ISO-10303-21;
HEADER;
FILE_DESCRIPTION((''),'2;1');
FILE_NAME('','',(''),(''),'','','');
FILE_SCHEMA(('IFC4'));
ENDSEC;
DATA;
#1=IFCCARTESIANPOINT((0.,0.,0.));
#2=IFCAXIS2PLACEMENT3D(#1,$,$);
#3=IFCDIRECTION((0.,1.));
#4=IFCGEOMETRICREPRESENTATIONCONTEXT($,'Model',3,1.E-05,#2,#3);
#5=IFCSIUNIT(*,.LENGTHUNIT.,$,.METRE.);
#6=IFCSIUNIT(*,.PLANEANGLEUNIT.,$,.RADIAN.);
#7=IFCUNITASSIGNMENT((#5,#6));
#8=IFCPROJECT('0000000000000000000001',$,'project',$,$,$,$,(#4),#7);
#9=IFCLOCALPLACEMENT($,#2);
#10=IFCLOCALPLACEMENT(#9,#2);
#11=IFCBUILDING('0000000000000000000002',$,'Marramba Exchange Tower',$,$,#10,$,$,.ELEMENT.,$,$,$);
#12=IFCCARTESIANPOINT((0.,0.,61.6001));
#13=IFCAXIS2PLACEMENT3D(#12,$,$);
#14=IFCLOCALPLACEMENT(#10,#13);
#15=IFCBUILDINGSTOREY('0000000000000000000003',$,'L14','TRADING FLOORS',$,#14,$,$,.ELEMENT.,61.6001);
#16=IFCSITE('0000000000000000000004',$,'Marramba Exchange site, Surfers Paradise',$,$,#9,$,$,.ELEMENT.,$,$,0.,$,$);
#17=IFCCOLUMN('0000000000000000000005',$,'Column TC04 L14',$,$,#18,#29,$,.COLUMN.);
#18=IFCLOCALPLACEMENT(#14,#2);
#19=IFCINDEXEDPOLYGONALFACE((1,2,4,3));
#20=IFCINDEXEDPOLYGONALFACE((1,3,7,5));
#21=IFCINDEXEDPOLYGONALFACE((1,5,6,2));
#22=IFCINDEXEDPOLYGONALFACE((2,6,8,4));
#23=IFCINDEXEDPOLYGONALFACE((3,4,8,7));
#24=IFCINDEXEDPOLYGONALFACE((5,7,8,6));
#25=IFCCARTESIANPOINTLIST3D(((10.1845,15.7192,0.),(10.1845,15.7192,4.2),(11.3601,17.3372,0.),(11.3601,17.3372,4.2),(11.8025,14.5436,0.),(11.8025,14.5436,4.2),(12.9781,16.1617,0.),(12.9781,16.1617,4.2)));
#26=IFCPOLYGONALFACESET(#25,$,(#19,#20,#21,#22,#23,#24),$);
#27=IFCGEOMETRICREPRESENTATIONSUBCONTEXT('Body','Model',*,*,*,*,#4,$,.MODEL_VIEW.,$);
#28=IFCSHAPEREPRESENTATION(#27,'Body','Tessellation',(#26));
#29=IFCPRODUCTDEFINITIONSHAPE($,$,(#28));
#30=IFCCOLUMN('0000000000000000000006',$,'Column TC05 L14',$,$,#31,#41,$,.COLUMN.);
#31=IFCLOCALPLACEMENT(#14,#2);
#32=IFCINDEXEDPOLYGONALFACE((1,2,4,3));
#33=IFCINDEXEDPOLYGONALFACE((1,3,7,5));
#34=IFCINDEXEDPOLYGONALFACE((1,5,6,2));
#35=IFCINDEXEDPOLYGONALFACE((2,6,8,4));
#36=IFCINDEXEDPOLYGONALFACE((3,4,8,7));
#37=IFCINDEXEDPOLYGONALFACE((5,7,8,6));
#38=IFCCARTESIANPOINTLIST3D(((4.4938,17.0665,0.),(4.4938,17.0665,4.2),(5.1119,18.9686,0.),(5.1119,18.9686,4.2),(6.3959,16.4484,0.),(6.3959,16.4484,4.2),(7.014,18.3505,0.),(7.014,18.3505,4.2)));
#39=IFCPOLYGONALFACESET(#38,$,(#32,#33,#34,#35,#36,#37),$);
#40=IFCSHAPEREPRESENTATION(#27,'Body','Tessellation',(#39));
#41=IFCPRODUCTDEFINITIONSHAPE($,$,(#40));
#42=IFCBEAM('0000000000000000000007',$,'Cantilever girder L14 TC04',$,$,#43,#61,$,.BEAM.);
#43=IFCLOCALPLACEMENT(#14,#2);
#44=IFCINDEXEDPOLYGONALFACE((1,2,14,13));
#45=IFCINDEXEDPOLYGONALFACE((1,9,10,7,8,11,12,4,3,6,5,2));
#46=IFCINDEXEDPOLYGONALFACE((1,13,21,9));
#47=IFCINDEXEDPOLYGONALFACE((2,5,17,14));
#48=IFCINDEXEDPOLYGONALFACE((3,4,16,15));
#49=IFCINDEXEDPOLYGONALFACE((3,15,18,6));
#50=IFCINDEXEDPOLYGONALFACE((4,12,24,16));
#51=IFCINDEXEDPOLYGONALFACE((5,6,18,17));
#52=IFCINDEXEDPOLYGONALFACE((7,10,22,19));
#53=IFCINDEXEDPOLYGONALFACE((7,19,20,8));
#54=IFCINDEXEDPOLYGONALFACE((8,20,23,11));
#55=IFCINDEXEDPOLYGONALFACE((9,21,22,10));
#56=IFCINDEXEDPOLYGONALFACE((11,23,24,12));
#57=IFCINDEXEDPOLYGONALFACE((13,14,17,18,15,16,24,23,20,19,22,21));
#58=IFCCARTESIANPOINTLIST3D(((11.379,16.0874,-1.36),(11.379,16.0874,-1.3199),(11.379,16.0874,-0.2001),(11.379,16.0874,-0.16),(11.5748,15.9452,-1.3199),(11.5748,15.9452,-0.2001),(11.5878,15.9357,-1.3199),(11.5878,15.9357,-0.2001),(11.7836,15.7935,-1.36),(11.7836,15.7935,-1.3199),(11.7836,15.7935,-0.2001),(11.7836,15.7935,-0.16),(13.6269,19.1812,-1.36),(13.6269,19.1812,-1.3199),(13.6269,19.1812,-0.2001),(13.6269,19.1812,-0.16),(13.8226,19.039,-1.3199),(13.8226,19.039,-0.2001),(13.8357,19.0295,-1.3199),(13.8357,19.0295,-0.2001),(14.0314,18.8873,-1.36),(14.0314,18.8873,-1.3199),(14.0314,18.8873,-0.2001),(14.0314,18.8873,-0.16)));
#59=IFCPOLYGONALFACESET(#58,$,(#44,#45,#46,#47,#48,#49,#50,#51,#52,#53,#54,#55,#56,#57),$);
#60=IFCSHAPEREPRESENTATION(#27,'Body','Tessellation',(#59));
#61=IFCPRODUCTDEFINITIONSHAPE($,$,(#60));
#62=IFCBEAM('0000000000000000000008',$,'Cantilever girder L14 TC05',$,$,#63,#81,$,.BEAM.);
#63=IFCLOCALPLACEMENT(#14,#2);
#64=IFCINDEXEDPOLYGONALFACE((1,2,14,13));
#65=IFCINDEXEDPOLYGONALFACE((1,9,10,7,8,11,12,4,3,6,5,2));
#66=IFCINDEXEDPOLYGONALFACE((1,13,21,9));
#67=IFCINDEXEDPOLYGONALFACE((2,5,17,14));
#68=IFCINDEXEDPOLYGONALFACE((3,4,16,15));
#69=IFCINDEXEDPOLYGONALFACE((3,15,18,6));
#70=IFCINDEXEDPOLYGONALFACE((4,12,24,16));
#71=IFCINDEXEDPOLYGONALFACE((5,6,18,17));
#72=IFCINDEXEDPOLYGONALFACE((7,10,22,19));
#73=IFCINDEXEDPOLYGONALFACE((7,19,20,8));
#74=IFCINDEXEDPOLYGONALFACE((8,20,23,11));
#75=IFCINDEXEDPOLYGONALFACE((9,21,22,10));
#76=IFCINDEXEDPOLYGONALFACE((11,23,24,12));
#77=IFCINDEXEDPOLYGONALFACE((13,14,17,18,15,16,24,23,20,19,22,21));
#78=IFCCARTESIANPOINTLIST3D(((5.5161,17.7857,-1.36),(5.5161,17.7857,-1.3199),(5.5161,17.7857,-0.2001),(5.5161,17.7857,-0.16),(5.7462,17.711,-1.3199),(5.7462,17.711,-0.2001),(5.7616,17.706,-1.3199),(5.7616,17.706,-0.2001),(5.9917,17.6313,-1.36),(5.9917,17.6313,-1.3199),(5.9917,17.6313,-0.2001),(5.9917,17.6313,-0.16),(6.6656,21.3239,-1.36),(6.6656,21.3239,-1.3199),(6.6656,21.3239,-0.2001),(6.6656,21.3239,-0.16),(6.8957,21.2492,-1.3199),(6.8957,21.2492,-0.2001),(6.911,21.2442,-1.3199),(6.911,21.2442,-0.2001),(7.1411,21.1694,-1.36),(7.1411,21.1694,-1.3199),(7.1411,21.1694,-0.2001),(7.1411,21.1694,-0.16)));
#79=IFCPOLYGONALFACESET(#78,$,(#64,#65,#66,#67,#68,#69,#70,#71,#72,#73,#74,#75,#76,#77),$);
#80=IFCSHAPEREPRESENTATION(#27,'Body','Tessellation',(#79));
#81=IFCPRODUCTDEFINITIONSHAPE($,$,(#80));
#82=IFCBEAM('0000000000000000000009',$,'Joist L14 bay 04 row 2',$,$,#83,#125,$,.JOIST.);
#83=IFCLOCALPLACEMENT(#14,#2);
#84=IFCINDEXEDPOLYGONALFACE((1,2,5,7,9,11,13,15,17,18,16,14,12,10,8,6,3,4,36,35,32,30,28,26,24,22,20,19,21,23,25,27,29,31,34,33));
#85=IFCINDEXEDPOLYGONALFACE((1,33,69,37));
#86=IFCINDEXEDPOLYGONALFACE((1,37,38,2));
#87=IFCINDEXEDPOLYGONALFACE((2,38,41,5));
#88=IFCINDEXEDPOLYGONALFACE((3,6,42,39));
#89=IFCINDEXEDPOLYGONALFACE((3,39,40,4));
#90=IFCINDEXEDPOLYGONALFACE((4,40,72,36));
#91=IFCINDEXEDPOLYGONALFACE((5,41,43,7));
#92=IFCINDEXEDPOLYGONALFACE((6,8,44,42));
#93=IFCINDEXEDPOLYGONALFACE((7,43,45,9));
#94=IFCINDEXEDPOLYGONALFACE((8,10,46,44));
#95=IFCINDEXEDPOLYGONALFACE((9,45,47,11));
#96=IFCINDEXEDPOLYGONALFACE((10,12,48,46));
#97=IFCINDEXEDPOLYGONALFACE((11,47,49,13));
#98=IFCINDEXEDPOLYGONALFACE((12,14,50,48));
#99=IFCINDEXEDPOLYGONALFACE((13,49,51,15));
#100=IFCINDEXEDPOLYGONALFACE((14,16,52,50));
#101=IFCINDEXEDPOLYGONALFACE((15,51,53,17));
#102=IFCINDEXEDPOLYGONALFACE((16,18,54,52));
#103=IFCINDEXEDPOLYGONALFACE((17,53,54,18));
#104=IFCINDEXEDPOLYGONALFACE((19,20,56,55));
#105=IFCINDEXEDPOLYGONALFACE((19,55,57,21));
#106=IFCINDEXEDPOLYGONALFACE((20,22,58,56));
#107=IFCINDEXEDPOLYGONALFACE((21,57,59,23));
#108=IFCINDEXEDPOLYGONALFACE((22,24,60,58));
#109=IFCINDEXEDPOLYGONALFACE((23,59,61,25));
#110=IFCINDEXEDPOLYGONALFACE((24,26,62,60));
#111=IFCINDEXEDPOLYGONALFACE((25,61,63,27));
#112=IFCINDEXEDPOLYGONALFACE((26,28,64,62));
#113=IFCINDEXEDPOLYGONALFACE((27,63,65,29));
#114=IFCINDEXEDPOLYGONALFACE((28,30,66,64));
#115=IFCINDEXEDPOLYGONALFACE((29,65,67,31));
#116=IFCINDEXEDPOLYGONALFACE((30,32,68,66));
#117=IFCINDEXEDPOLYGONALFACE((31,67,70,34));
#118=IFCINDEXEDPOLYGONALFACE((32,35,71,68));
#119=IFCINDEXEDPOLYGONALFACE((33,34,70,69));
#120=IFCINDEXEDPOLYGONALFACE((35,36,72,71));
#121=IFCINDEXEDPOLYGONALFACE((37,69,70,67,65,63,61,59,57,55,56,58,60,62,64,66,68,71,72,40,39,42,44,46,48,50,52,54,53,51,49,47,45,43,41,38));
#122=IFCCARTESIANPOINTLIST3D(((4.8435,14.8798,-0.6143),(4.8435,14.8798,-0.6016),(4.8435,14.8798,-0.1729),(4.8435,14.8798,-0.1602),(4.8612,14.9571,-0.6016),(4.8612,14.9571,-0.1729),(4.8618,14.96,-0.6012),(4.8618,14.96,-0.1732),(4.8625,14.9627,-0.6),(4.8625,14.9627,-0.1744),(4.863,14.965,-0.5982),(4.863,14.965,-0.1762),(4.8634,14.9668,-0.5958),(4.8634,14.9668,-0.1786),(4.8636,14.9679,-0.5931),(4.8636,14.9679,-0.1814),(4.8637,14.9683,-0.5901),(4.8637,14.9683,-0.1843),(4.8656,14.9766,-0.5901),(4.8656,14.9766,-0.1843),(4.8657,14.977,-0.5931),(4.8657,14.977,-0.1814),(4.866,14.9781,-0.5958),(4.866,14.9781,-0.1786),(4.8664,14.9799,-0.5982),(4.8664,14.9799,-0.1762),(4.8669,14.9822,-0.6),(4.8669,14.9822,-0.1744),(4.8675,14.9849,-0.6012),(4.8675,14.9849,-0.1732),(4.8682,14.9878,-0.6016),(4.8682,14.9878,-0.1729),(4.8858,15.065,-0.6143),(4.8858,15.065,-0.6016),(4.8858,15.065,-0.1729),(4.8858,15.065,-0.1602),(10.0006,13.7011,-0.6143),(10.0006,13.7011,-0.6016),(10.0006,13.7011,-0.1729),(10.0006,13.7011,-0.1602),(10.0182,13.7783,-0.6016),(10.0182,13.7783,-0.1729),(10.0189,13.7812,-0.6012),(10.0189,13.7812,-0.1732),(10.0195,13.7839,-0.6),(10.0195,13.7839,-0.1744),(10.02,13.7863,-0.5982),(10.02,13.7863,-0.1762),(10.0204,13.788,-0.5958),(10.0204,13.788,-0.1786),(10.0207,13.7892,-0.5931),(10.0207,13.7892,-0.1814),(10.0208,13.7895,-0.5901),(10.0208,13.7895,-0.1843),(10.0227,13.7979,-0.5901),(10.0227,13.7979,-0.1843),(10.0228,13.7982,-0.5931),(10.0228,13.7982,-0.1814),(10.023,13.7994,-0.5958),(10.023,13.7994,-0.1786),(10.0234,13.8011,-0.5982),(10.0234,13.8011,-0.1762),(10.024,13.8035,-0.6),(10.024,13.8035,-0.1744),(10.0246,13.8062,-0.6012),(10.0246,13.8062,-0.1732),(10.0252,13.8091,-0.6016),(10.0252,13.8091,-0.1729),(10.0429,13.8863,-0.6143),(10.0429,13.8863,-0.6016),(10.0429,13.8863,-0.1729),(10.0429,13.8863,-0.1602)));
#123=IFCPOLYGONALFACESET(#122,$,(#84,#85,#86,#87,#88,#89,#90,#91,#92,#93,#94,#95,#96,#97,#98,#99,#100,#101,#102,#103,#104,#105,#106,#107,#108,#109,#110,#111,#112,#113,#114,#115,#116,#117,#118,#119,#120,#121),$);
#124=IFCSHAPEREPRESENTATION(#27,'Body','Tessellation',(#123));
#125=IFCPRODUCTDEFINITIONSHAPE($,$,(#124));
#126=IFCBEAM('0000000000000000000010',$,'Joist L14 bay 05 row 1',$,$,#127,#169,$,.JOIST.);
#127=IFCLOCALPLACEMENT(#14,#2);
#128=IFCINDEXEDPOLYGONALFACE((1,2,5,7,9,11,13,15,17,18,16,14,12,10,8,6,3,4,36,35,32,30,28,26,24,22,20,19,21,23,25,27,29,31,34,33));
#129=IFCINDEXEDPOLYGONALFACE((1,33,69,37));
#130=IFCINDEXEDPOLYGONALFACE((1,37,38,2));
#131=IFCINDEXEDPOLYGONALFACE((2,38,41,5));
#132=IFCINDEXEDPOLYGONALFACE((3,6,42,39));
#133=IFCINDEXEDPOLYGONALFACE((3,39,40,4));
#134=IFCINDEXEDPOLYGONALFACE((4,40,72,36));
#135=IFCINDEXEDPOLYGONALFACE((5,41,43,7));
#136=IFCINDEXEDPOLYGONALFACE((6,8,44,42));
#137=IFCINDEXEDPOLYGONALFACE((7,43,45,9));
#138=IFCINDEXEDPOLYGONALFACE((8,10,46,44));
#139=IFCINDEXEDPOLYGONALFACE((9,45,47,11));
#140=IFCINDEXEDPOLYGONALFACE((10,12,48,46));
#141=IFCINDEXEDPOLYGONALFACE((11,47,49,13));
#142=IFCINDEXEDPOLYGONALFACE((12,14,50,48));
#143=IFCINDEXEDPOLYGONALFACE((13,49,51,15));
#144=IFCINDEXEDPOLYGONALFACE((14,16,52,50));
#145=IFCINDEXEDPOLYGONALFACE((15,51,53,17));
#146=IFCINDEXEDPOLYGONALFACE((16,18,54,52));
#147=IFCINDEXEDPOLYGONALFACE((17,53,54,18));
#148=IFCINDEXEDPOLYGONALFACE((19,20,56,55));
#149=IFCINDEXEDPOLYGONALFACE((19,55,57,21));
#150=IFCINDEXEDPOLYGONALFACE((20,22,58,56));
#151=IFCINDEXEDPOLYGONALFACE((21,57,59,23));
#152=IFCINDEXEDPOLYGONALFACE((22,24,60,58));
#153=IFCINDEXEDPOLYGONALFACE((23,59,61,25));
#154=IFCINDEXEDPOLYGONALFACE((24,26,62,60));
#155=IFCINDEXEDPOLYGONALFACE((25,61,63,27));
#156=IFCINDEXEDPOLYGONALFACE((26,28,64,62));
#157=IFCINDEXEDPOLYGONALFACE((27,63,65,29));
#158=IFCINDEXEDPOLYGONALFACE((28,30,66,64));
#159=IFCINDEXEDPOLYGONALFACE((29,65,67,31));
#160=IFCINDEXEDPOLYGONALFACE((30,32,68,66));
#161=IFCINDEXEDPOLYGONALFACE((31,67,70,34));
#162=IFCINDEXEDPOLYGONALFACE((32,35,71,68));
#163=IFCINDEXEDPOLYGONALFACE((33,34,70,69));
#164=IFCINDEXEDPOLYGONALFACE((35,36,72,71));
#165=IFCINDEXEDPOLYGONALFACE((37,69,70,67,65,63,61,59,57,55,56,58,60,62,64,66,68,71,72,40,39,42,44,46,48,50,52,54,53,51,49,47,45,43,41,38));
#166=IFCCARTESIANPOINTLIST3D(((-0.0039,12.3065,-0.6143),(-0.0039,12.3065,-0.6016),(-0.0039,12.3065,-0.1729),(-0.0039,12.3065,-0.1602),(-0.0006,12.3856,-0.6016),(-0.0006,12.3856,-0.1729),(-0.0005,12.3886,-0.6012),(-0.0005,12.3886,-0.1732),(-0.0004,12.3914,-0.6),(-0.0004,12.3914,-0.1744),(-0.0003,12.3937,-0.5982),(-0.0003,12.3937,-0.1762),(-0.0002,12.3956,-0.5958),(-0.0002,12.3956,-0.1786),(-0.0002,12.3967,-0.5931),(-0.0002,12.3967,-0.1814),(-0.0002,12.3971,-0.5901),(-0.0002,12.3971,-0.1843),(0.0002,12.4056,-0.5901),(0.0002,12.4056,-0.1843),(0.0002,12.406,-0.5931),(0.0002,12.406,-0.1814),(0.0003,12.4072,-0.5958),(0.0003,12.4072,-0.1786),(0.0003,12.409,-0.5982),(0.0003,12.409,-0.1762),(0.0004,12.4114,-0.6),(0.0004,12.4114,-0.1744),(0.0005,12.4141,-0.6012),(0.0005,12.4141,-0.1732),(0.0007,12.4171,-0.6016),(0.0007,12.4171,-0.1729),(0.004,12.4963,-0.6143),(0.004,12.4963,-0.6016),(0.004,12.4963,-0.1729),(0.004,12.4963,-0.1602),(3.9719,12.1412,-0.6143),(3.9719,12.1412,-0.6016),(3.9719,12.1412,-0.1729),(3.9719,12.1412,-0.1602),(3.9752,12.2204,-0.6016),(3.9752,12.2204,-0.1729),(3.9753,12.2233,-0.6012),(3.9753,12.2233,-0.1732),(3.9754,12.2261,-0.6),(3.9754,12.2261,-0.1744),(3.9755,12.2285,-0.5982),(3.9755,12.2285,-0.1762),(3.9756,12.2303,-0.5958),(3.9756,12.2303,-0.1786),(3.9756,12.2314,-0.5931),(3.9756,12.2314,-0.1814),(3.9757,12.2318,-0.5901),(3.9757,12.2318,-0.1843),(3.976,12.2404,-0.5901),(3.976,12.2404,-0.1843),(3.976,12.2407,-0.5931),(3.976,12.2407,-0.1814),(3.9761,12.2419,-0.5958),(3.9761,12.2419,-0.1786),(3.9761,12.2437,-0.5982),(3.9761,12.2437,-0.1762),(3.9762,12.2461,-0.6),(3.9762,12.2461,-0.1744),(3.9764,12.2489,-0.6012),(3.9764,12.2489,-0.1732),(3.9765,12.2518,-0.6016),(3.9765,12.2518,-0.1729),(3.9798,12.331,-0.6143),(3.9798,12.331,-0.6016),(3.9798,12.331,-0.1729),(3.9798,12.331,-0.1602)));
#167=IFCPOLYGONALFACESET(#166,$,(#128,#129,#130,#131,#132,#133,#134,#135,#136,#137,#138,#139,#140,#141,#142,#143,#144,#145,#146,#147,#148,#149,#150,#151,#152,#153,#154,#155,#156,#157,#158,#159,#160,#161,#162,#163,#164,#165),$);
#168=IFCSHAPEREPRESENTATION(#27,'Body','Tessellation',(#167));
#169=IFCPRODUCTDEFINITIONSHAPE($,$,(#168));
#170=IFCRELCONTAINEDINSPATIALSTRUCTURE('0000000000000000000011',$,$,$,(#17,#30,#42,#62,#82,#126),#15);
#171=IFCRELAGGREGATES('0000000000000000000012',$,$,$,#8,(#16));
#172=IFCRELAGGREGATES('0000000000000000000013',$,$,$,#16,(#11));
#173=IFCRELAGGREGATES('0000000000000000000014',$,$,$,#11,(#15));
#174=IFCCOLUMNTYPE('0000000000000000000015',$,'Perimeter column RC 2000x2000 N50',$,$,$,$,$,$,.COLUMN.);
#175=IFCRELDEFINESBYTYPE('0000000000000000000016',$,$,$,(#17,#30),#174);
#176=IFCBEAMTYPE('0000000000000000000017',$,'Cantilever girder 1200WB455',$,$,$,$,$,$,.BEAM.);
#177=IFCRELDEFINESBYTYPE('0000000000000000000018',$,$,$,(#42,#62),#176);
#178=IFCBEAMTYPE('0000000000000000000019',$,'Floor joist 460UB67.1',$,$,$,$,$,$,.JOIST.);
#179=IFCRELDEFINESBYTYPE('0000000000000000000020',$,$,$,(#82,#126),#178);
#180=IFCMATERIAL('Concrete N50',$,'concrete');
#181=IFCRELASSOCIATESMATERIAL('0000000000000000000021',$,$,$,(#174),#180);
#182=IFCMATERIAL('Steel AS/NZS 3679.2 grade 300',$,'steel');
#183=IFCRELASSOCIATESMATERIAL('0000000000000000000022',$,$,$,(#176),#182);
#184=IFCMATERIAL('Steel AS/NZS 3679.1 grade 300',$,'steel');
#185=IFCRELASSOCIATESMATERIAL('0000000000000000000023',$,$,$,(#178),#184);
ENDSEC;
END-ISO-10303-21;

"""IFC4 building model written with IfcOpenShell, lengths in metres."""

from ifc_helpers import new_model, si_unit, direction, frame, origin, origin_2d, place, context, subcontext, project, spatial, rectangle, i_section, extrude, material, material_profile, profile_set, type_object, element, save


model = new_model("IFC4")

# Units and contexts
model_context = context("Model", 3, precision=1e-05, world=origin(), true_north=direction((0.0, 1.0)))
body_context = subcontext(model_context, "Body", "Model", "MODEL_VIEW")
ifc_project = project(units=[si_unit("LENGTHUNIT", "METRE"), si_unit("PLANEANGLEUNIT", "RADIAN")], contexts=[model_context])

# Site, building, storey
site_placement = place(None, origin())
site = spatial("IfcSite", under=ifc_project, at=site_placement, Name="Marramba Exchange site, Surfers Paradise", CompositionType="ELEMENT", RefElevation=0.0)
building_placement = place(site_placement, origin())
building = spatial("IfcBuilding", under=site, at=building_placement, Name="Marramba Exchange Tower", CompositionType="ELEMENT")
storey_placement = place(building_placement, frame((0.0, 0.0, 61.6001)))
storey = spatial("IfcBuildingStorey", under=building, at=storey_placement, Name="L14", Description="TRADING FLOORS", CompositionType="ELEMENT", Elevation=61.6001)

# Columns
ifc_material_1 = material(Name="Concrete N50", Category="concrete")
ifc_material_profile_1 = material_profile(ifc_material_1, rectangle(XDim=2.0, YDim=2.0, at=origin_2d()), Name="RC 2000x2000")
ifc_profile_set_1 = profile_set([ifc_material_profile_1], Name="Concrete N50")
column_type = type_object("IfcColumnType", Name="Perimeter column RC 2000x2000 N50", PredefinedType="COLUMN", material=ifc_profile_set_1)
for number, where, z_axis, x_axis, name in (
    (1, (11.5813, 15.9404, 0.0), (0.0, 0.0, 1.0), (0.587785, 0.809017, 0.0), "Column TC04 L14"),
    (2, (5.7539, 17.7085, 0.0), (0.0, 0.0, 1.0), (0.309017, 0.951057, 0.0), "Column TC05 L14"),
):
    element("IfcColumn", number, at=place(storey_placement, frame(where, z_axis=z_axis, x_axis=x_axis)), inside=storey, type_object=column_type, Name=name, PredefinedType="COLUMN", context=body_context, shape_type="SweptSolid", body=[
        extrude(rectangle(XDim=2.0, YDim=2.0, at=origin_2d()), origin(), (0.0, 0.0, 1.0), 4.2),
    ])

# Beams
ifc_material_2 = material(Name="Steel AS/NZS 3679.2 grade 300", Category="steel")
ifc_material_profile_2 = material_profile(ifc_material_2, i_section(OverallWidth=0.5, OverallDepth=1.2, WebThickness=0.0161, FlangeThickness=0.04, at=origin_2d()), Name="1200WB455")
ifc_profile_set_2 = profile_set([ifc_material_profile_2], Name="Steel AS/NZS 3679.2 grade 300")
beam_type_1 = type_object("IfcBeamType", Name="Cantilever girder 1200WB455", PredefinedType="BEAM", material=ifc_profile_set_2)
beam_1_placement = place(storey_placement, frame((11.5813, 15.9404, -0.76), z_axis=(0.587796, 0.809009, 0.0), x_axis=(-0.809009, 0.587796, 0.0)))
element("IfcBeam", 3, at=beam_1_placement, inside=storey, type_object=beam_type_1, Name="Cantilever girder L14 TC04", PredefinedType="BEAM", context=body_context, shape_type="SweptSolid", body=[
    extrude(i_section(OverallWidth=0.5, OverallDepth=1.2, WebThickness=0.0161, FlangeThickness=0.04, at=origin_2d()), origin(), (0.0, 0.0, 1.0), 3.8242),
])
beam_2_placement = place(storey_placement, frame((5.7539, 17.7085, -0.76), z_axis=(0.308973, 0.951071, 0.0), x_axis=(-0.951071, 0.308973, 0.0)))
element("IfcBeam", 4, at=beam_2_placement, inside=storey, type_object=beam_type_1, Name="Cantilever girder L14 TC05", PredefinedType="BEAM", context=body_context, shape_type="SweptSolid", body=[
    extrude(i_section(OverallWidth=0.5, OverallDepth=1.2, WebThickness=0.0161, FlangeThickness=0.04, at=origin_2d()), origin(), (0.0, 0.0, 1.0), 3.7202),
])
ifc_material_3 = material(Name="Steel AS/NZS 3679.1 grade 300", Category="steel")
ifc_material_profile_3 = material_profile(ifc_material_3, i_section(OverallWidth=0.1899, OverallDepth=0.4541, WebThickness=0.0085, FlangeThickness=0.0127, FilletRadius=0.0115, at=origin_2d()), Name="460UB67.1")
ifc_profile_set_3 = profile_set([ifc_material_profile_3], Name="Steel AS/NZS 3679.1 grade 300")
beam_type_2 = type_object("IfcBeamType", Name="Floor joist 460UB67.1", PredefinedType="JOIST", material=ifc_profile_set_3)
beam_3_placement = place(storey_placement, frame((10.0217, 13.7937, -0.3872), z_axis=(-0.97486, 0.22282, 0.0), x_axis=(-0.22282, -0.97486, 0.0)))
element("IfcBeam", 5, at=beam_3_placement, inside=storey, type_object=beam_type_2, Name="Joist L14 bay 04 row 2", PredefinedType="JOIST", context=body_context, shape_type="SweptSolid", body=[
    extrude(i_section(OverallWidth=0.1899, OverallDepth=0.4541, WebThickness=0.0085, FlangeThickness=0.0127, FilletRadius=0.0115, at=origin_2d()), origin(), (0.0, 0.0, 1.0), 5.29),
])
beam_4_placement = place(storey_placement, frame((3.9758, 12.2361, -0.3872), z_axis=(-0.999137, 0.041536, 0.0), x_axis=(-0.041536, -0.999137, 0.0)))
element("IfcBeam", 6, at=beam_4_placement, inside=storey, type_object=beam_type_2, Name="Joist L14 bay 05 row 1", PredefinedType="JOIST", context=body_context, shape_type="SweptSolid", body=[
    extrude(i_section(OverallWidth=0.1899, OverallDepth=0.4541, WebThickness=0.0085, FlangeThickness=0.0127, FilletRadius=0.0115, at=origin_2d()), origin(), (0.0, 0.0, 1.0), 3.9792),
])

save(model, "model.ifc")
